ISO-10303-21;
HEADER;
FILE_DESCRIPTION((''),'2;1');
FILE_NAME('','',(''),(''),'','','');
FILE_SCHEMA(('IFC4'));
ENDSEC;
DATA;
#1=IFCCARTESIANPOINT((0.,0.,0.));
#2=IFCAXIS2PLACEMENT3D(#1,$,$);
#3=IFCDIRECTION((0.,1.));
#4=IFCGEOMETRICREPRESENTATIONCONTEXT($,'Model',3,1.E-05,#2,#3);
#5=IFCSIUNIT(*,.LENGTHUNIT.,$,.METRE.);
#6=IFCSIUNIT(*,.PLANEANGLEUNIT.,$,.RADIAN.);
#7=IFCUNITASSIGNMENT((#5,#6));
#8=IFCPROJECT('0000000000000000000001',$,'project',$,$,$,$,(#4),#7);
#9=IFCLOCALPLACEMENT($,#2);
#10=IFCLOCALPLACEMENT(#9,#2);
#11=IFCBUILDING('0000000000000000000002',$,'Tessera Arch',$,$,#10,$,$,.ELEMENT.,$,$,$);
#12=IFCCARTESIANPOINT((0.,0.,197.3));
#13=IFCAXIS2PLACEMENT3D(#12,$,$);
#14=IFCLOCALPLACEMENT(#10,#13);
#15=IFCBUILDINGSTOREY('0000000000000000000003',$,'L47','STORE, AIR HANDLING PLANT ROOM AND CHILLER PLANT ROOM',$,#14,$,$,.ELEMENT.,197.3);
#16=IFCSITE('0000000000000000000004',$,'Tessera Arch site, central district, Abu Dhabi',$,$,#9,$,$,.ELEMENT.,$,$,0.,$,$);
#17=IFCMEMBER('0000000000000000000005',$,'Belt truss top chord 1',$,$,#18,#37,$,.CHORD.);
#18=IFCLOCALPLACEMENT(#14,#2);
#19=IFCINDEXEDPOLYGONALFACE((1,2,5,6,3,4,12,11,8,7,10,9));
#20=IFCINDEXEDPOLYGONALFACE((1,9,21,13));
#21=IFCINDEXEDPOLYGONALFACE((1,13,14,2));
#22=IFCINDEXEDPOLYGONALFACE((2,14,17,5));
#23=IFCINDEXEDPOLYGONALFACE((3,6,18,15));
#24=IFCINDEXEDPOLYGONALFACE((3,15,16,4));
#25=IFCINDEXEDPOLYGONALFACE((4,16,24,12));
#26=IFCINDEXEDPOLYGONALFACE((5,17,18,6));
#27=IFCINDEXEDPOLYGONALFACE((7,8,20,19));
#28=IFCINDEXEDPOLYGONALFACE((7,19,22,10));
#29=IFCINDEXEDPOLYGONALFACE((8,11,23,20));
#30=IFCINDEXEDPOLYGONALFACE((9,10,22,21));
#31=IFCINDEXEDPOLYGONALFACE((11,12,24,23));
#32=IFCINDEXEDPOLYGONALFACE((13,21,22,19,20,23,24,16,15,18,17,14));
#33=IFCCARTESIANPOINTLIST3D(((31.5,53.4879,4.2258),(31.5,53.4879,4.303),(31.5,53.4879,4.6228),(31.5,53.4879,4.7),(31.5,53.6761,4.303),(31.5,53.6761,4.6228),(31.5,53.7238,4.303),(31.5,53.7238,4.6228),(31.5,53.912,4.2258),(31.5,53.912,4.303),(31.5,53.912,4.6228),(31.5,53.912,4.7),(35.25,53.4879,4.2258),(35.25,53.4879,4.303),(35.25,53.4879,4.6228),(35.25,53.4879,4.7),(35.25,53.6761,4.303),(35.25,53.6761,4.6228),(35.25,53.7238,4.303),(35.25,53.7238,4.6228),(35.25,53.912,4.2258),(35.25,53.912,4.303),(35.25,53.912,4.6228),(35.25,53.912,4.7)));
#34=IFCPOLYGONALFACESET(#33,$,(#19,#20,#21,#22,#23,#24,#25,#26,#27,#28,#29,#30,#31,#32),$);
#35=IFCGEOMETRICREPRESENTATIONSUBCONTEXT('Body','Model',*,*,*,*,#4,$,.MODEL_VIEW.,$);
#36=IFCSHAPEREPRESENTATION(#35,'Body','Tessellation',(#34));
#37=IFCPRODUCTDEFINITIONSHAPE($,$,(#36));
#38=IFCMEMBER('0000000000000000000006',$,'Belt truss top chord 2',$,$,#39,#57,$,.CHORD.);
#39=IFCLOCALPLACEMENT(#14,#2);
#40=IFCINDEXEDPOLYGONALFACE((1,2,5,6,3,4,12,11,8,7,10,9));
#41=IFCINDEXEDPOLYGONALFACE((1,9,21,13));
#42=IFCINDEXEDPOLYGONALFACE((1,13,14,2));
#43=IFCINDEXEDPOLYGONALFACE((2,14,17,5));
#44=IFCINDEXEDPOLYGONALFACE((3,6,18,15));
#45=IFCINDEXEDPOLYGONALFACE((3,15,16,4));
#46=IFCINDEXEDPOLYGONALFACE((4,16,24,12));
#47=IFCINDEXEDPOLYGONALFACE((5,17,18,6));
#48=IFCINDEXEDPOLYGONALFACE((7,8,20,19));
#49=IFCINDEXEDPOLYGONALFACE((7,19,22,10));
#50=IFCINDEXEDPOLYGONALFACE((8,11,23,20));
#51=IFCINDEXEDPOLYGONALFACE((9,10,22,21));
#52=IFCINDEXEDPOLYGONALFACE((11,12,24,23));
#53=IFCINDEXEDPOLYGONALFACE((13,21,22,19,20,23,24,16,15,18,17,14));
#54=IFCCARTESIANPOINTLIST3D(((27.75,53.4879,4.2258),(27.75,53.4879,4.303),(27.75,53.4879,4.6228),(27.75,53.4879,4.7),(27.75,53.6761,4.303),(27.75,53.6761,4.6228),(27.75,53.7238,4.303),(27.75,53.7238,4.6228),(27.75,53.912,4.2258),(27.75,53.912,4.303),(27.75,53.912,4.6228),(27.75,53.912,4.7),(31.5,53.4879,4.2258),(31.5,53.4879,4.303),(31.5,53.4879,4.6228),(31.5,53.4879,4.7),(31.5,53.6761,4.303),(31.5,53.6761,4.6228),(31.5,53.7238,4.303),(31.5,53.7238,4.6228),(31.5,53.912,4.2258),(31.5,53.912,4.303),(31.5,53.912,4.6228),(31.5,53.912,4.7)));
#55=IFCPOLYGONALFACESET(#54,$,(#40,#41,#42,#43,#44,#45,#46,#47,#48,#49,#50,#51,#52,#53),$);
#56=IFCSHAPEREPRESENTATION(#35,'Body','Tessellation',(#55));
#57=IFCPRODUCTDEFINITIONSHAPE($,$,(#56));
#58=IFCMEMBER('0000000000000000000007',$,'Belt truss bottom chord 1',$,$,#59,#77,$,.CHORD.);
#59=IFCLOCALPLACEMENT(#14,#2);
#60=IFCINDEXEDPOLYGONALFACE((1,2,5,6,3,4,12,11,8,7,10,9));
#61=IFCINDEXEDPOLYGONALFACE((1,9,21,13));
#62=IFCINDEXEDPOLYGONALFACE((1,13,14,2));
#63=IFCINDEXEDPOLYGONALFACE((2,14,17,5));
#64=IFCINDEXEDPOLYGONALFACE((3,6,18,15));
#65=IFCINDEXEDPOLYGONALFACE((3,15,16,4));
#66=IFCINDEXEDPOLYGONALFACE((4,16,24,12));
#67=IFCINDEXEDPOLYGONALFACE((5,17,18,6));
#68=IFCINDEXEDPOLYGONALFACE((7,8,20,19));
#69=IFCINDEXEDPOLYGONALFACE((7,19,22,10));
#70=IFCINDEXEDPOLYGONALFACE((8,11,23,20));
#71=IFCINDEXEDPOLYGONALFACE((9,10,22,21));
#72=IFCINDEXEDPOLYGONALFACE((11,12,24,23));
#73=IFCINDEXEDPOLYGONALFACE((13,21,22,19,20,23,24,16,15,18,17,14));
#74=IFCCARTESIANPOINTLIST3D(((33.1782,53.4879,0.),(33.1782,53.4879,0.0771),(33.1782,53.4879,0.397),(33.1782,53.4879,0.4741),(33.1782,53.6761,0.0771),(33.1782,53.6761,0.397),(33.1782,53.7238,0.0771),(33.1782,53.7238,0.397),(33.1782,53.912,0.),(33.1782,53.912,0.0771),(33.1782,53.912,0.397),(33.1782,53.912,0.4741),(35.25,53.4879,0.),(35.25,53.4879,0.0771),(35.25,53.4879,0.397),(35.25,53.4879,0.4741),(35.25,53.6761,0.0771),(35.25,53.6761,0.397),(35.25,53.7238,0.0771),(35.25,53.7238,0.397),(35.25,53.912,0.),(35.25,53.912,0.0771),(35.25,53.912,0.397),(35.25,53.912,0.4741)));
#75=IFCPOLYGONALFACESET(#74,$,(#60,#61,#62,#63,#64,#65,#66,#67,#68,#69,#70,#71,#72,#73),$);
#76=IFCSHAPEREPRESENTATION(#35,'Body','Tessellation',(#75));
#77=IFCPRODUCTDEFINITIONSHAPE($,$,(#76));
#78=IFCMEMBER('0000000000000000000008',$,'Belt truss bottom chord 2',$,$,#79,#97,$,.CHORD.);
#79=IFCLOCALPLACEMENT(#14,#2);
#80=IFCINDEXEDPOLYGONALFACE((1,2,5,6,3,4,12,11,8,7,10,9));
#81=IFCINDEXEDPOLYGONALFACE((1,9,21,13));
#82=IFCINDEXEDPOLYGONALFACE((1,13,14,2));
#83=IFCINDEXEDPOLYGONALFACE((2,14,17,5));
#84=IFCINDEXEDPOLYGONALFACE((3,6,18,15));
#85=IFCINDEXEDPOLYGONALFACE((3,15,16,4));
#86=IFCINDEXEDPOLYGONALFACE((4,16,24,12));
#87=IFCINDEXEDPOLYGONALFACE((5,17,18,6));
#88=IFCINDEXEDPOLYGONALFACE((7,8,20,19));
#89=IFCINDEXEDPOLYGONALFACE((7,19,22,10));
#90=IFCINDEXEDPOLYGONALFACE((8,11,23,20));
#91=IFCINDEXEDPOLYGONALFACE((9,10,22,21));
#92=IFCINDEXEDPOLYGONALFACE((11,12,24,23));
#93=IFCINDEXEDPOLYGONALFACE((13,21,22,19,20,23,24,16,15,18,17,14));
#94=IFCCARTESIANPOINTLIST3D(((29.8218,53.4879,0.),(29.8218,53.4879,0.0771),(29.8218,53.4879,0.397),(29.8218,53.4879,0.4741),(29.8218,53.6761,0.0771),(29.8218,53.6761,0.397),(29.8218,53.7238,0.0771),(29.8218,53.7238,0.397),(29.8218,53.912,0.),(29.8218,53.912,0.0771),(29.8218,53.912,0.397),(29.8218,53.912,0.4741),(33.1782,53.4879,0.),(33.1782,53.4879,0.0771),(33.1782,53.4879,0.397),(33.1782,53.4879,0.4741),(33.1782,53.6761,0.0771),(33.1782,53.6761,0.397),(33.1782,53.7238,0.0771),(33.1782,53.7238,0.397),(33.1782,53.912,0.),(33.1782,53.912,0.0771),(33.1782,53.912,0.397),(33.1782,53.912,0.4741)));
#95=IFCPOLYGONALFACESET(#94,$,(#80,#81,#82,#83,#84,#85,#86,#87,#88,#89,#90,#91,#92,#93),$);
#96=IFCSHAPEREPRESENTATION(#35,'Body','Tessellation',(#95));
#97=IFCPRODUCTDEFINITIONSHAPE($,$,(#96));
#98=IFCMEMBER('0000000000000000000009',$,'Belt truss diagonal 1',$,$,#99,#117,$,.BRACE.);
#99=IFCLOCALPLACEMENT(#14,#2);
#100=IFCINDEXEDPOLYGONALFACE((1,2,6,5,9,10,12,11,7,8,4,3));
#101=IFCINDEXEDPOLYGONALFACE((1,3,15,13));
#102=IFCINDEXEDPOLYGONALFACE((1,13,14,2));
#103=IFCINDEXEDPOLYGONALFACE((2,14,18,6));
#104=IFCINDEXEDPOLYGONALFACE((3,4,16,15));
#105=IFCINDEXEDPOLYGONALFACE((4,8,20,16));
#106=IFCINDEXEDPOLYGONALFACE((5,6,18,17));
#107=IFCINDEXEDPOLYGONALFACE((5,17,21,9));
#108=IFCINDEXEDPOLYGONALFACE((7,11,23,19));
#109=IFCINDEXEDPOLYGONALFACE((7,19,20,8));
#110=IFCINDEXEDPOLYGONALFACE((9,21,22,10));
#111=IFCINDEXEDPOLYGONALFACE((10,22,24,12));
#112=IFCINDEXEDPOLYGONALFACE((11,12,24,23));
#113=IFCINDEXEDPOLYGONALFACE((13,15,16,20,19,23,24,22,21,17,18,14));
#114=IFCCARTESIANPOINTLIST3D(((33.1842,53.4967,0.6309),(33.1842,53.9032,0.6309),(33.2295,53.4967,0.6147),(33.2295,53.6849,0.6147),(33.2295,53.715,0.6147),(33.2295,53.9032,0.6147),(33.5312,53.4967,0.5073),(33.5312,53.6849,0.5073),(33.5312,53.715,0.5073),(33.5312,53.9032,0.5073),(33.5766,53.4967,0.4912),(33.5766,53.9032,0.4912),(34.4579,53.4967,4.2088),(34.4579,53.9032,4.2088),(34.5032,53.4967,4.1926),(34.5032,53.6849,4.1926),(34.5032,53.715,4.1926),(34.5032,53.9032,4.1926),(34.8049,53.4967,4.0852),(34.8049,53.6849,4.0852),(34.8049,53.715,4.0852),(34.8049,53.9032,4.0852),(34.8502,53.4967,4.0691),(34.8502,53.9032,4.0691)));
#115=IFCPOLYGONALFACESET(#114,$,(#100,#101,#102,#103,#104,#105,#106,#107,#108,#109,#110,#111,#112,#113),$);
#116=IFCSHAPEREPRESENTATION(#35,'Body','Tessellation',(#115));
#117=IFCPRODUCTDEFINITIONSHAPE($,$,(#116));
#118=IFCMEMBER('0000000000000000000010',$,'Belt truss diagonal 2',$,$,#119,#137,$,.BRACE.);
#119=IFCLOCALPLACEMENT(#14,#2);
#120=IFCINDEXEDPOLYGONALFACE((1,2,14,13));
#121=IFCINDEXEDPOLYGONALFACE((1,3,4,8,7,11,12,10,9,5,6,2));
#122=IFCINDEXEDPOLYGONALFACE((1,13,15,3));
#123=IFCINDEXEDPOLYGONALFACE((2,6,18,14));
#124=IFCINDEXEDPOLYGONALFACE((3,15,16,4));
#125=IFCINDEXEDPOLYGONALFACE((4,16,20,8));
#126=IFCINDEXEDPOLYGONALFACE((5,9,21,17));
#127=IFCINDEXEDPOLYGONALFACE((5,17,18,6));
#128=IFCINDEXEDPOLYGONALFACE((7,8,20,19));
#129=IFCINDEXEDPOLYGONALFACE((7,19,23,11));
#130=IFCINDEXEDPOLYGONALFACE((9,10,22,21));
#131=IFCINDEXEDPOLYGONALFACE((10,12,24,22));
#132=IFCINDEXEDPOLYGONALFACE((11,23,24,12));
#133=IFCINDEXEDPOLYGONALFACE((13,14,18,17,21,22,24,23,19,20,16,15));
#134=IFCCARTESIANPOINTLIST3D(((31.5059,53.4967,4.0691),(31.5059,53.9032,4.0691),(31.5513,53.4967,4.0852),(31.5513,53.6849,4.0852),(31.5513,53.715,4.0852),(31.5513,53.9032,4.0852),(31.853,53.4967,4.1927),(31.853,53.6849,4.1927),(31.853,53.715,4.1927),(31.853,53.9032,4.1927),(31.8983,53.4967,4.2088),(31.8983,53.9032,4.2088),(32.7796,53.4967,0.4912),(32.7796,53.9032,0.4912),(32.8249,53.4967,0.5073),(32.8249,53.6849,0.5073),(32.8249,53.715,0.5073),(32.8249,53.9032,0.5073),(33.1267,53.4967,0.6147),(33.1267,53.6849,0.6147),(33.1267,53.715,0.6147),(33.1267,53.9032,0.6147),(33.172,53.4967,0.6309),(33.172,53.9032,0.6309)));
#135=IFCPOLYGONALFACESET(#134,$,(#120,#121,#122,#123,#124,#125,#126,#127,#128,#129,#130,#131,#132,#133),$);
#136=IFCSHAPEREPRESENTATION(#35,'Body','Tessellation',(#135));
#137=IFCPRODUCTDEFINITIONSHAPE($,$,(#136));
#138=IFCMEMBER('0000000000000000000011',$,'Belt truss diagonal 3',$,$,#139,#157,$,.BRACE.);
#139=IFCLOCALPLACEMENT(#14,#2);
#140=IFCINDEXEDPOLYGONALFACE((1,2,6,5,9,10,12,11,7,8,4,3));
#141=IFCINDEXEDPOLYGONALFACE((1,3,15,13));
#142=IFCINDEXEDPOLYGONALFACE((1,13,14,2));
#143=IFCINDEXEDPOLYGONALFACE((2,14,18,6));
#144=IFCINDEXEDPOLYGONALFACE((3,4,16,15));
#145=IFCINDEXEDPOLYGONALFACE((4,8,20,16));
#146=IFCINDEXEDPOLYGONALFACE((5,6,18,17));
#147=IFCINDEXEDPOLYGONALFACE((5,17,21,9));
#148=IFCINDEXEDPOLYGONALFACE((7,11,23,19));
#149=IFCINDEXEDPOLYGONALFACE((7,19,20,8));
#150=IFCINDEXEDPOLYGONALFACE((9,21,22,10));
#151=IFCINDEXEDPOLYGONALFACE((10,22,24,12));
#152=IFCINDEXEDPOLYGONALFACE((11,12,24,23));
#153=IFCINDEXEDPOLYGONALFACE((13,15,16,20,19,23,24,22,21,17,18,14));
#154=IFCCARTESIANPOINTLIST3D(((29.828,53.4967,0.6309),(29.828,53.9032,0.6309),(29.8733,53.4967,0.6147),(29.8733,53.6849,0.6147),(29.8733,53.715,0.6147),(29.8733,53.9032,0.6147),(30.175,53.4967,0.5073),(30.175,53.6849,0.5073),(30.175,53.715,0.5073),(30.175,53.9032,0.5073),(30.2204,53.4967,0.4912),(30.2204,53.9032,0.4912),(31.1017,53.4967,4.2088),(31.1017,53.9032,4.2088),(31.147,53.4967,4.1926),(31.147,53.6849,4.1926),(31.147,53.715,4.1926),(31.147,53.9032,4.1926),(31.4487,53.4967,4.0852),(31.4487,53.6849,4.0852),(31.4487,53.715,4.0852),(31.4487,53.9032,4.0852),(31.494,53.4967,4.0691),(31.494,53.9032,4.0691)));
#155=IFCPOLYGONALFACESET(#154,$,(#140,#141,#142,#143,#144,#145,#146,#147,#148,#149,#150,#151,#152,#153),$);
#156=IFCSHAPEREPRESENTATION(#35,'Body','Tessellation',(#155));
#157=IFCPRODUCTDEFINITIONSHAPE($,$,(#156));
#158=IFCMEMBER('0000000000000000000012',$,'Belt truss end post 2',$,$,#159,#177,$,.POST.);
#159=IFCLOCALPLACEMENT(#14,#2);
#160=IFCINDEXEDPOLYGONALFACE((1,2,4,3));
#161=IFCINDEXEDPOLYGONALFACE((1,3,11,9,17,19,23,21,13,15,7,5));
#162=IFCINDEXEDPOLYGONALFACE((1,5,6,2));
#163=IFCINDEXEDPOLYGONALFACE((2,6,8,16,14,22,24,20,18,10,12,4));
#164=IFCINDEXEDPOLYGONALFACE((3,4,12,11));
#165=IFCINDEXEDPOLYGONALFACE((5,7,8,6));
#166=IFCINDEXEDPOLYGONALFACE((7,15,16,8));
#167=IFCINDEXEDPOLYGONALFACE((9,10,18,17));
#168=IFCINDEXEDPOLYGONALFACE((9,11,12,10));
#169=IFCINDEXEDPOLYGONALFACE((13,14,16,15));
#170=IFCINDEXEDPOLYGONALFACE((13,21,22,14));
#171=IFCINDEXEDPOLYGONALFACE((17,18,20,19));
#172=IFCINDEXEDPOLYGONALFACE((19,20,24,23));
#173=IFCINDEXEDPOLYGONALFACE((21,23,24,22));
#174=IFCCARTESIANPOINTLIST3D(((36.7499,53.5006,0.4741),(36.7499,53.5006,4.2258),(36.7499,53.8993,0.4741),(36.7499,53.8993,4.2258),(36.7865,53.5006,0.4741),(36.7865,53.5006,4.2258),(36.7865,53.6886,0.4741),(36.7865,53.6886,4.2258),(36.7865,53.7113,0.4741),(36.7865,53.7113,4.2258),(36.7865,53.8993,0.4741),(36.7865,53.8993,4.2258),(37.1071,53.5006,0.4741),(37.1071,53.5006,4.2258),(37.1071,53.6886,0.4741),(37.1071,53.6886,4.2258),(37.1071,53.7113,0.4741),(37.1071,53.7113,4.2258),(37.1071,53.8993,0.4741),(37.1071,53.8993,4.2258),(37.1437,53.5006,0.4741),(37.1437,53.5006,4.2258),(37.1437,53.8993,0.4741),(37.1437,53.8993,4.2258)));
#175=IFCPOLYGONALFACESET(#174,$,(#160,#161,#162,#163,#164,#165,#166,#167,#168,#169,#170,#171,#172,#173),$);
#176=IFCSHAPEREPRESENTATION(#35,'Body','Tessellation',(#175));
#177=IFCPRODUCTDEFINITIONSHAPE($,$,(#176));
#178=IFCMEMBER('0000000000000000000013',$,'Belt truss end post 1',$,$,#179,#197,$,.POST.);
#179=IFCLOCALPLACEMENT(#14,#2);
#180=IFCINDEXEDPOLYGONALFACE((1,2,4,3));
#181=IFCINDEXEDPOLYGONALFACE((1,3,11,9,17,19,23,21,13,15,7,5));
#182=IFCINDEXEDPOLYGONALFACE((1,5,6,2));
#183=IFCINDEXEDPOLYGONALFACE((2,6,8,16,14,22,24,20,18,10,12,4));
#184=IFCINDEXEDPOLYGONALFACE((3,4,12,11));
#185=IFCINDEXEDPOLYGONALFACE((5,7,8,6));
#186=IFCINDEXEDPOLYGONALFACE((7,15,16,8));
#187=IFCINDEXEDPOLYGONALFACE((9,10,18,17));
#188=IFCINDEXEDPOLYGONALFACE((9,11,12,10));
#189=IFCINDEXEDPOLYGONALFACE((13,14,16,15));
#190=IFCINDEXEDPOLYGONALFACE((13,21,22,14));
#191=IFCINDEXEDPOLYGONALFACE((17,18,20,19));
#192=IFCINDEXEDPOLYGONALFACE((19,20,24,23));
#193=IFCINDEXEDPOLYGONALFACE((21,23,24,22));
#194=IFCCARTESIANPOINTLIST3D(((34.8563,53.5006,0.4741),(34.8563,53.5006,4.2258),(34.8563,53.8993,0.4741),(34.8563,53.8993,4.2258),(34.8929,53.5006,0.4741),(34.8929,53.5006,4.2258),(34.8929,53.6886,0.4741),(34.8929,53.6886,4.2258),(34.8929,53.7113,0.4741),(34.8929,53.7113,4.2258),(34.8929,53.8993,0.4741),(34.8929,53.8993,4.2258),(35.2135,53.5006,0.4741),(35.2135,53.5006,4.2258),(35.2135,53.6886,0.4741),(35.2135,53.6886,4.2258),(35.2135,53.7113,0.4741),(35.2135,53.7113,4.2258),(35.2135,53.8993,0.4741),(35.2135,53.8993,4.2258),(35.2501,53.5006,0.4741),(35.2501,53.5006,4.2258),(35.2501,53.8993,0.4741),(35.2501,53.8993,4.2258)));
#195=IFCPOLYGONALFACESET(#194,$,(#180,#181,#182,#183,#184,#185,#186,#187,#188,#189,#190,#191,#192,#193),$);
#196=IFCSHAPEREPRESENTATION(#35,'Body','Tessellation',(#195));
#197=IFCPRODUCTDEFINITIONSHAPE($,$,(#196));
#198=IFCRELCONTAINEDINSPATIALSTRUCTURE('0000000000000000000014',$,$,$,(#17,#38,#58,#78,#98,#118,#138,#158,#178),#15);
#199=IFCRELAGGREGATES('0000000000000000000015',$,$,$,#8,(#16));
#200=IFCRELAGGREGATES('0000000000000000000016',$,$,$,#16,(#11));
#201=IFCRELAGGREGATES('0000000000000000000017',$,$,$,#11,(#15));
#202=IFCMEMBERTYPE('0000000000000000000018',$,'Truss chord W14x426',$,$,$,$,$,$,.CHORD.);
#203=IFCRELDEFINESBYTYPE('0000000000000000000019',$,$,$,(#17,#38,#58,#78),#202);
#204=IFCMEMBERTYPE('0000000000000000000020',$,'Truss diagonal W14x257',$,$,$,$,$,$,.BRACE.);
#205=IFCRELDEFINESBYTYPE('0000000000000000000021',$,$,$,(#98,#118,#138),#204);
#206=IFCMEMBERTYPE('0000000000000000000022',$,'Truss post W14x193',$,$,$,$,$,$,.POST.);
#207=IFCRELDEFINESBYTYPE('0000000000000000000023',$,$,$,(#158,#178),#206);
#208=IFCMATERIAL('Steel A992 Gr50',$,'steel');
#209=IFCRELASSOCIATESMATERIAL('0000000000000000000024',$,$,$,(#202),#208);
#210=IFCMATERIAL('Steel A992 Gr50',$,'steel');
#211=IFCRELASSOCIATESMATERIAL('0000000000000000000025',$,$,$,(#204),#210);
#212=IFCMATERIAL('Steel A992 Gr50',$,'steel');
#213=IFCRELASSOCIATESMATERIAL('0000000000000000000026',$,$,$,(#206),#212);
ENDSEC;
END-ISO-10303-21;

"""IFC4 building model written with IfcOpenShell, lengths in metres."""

from ifc_helpers import new_model, si_unit, direction, frame, origin, origin_2d, place, context, subcontext, project, spatial, i_section, extrude, material, material_profile, profile_set, type_object, element, save


model = new_model("IFC4")

# Units and contexts
model_context = context("Model", 3, precision=1e-05, world=origin(), true_north=direction((0.0, 1.0)))
body_context = subcontext(model_context, "Body", "Model", "MODEL_VIEW")
ifc_project = project(units=[si_unit("LENGTHUNIT", "METRE"), si_unit("PLANEANGLEUNIT", "RADIAN")], contexts=[model_context])

# Site, building, storey
site_placement = place(None, origin())
site = spatial("IfcSite", under=ifc_project, at=site_placement, Name="Tessera Arch site, central district, Abu Dhabi", CompositionType="ELEMENT", RefElevation=0.0)
building_placement = place(site_placement, origin())
building = spatial("IfcBuilding", under=site, at=building_placement, Name="Tessera Arch", CompositionType="ELEMENT")
storey_placement = place(building_placement, frame((0.0, 0.0, 197.3)))
storey = spatial("IfcBuildingStorey", under=building, at=storey_placement, Name="L47", Description="STORE, AIR HANDLING PLANT ROOM AND CHILLER PLANT ROOM", CompositionType="ELEMENT", Elevation=197.3)

# Members
ifc_material_1 = material(Name="Steel A992 Gr50", Category="steel")
ifc_material_profile_1 = material_profile(ifc_material_1, i_section(OverallWidth=0.4241, OverallDepth=0.4741, WebThickness=0.0476, FlangeThickness=0.0771, at=origin_2d()), Name="W14x426")
ifc_profile_set_1 = profile_set([ifc_material_profile_1], Name="Steel A992 Gr50")
member_type_1 = type_object("IfcMemberType", Name="Truss chord W14x426", PredefinedType="CHORD", material=ifc_profile_set_1)
for number, where, z_axis, x_axis, name in (
    (1, (35.25, 53.7, 4.4629), (-1.0, 0.0, 0.0), (0.0, -1.0, 0.0), "Belt truss top chord 1"),
    (2, (31.5, 53.7, 4.4629), (-1.0, 0.0, 0.0), (0.0, -1.0, 0.0), "Belt truss top chord 2"),
):
    element("IfcMember", number, at=place(storey_placement, frame(where, z_axis=z_axis, x_axis=x_axis)), inside=storey, type_object=member_type_1, Name=name, PredefinedType="CHORD", context=body_context, shape_type="SweptSolid", body=[
        extrude(i_section(OverallWidth=0.4241, OverallDepth=0.4741, WebThickness=0.0476, FlangeThickness=0.0771, at=origin_2d()), origin(), (0.0, 0.0, 1.0), 3.75),
    ])
member_1_placement = place(storey_placement, frame((35.25, 53.7, 0.2371), z_axis=(-1.0, 0.0, 0.0), x_axis=(0.0, -1.0, 0.0)))
element("IfcMember", 3, at=member_1_placement, inside=storey, type_object=member_type_1, Name="Belt truss bottom chord 1", PredefinedType="CHORD", context=body_context, shape_type="SweptSolid", body=[
    extrude(i_section(OverallWidth=0.4241, OverallDepth=0.4741, WebThickness=0.0476, FlangeThickness=0.0771, at=origin_2d()), origin(), (0.0, 0.0, 1.0), 2.0718),
])
member_2_placement = place(storey_placement, frame((33.1782, 53.7, 0.2371), z_axis=(-1.0, 0.0, 0.0), x_axis=(0.0, -1.0, 0.0)))
element("IfcMember", 4, at=member_2_placement, inside=storey, type_object=member_type_1, Name="Belt truss bottom chord 2", PredefinedType="CHORD", context=body_context, shape_type="SweptSolid", body=[
    extrude(i_section(OverallWidth=0.4241, OverallDepth=0.4741, WebThickness=0.0476, FlangeThickness=0.0771, at=origin_2d()), origin(), (0.0, 0.0, 1.0), 3.3564),
])
ifc_material_2 = material(Name="Steel A992 Gr50", Category="steel")
ifc_material_profile_2 = material_profile(ifc_material_2, i_section(OverallWidth=0.4065, OverallDepth=0.4165, WebThickness=0.03, FlangeThickness=0.0481, at=origin_2d()), Name="W14x257")
ifc_profile_set_2 = profile_set([ifc_material_profile_2], Name="Steel A992 Gr50")
member_type_2 = type_object("IfcMemberType", Name="Truss diagonal W14x257", PredefinedType="BRACE", material=ifc_profile_set_2)
for number, where, z_axis, x_axis, name in (
    (5, (34.6541, 53.7, 4.1389), (-0.335371, 0.0, -0.942086), (0.0, -1.0, 0.0), "Belt truss diagonal 1"),
    (6, (32.9758, 53.7, 0.561), (-0.335371, 0.0, 0.942086), (0.0, -1.0, 0.0), "Belt truss diagonal 2"),
    (7, (31.2979, 53.7, 4.1389), (-0.335371, 0.0, -0.942086), (0.0, -1.0, 0.0), "Belt truss diagonal 3"),
):
    element("IfcMember", number, at=place(storey_placement, frame(where, z_axis=z_axis, x_axis=x_axis)), inside=storey, type_object=member_type_2, Name=name, PredefinedType="BRACE", context=body_context, shape_type="SweptSolid", body=[
        extrude(i_section(OverallWidth=0.4065, OverallDepth=0.4165, WebThickness=0.03, FlangeThickness=0.0481, at=origin_2d()), origin(), (0.0, 0.0, 1.0), 3.7979),
    ])
ifc_material_3 = material(Name="Steel A992 Gr50", Category="steel")
ifc_material_profile_3 = material_profile(ifc_material_3, i_section(OverallWidth=0.3987, OverallDepth=0.3938, WebThickness=0.0227, FlangeThickness=0.0366, at=origin_2d()), Name="W14x193")
ifc_profile_set_3 = profile_set([ifc_material_profile_3], Name="Steel A992 Gr50")
member_type_3 = type_object("IfcMemberType", Name="Truss post W14x193", PredefinedType="POST", material=ifc_profile_set_3)
for number, where, z_axis, x_axis, name in (
    (8, (36.9468, 53.7, 0.4741), (0.0, 0.0, 1.0), (0.0, 1.0, 0.0), "Belt truss end post 2"),
    (9, (35.0532, 53.7, 0.4741), (0.0, 0.0, 1.0), (0.0, 1.0, 0.0), "Belt truss end post 1"),
):
    element("IfcMember", number, at=place(storey_placement, frame(where, z_axis=z_axis, x_axis=x_axis)), inside=storey, type_object=member_type_3, Name=name, PredefinedType="POST", context=body_context, shape_type="SweptSolid", body=[
        extrude(i_section(OverallWidth=0.3987, OverallDepth=0.3938, WebThickness=0.0227, FlangeThickness=0.0366, at=origin_2d()), origin(), (0.0, 0.0, 1.0), 3.7517),
    ])

save(model, "model.ifc")
